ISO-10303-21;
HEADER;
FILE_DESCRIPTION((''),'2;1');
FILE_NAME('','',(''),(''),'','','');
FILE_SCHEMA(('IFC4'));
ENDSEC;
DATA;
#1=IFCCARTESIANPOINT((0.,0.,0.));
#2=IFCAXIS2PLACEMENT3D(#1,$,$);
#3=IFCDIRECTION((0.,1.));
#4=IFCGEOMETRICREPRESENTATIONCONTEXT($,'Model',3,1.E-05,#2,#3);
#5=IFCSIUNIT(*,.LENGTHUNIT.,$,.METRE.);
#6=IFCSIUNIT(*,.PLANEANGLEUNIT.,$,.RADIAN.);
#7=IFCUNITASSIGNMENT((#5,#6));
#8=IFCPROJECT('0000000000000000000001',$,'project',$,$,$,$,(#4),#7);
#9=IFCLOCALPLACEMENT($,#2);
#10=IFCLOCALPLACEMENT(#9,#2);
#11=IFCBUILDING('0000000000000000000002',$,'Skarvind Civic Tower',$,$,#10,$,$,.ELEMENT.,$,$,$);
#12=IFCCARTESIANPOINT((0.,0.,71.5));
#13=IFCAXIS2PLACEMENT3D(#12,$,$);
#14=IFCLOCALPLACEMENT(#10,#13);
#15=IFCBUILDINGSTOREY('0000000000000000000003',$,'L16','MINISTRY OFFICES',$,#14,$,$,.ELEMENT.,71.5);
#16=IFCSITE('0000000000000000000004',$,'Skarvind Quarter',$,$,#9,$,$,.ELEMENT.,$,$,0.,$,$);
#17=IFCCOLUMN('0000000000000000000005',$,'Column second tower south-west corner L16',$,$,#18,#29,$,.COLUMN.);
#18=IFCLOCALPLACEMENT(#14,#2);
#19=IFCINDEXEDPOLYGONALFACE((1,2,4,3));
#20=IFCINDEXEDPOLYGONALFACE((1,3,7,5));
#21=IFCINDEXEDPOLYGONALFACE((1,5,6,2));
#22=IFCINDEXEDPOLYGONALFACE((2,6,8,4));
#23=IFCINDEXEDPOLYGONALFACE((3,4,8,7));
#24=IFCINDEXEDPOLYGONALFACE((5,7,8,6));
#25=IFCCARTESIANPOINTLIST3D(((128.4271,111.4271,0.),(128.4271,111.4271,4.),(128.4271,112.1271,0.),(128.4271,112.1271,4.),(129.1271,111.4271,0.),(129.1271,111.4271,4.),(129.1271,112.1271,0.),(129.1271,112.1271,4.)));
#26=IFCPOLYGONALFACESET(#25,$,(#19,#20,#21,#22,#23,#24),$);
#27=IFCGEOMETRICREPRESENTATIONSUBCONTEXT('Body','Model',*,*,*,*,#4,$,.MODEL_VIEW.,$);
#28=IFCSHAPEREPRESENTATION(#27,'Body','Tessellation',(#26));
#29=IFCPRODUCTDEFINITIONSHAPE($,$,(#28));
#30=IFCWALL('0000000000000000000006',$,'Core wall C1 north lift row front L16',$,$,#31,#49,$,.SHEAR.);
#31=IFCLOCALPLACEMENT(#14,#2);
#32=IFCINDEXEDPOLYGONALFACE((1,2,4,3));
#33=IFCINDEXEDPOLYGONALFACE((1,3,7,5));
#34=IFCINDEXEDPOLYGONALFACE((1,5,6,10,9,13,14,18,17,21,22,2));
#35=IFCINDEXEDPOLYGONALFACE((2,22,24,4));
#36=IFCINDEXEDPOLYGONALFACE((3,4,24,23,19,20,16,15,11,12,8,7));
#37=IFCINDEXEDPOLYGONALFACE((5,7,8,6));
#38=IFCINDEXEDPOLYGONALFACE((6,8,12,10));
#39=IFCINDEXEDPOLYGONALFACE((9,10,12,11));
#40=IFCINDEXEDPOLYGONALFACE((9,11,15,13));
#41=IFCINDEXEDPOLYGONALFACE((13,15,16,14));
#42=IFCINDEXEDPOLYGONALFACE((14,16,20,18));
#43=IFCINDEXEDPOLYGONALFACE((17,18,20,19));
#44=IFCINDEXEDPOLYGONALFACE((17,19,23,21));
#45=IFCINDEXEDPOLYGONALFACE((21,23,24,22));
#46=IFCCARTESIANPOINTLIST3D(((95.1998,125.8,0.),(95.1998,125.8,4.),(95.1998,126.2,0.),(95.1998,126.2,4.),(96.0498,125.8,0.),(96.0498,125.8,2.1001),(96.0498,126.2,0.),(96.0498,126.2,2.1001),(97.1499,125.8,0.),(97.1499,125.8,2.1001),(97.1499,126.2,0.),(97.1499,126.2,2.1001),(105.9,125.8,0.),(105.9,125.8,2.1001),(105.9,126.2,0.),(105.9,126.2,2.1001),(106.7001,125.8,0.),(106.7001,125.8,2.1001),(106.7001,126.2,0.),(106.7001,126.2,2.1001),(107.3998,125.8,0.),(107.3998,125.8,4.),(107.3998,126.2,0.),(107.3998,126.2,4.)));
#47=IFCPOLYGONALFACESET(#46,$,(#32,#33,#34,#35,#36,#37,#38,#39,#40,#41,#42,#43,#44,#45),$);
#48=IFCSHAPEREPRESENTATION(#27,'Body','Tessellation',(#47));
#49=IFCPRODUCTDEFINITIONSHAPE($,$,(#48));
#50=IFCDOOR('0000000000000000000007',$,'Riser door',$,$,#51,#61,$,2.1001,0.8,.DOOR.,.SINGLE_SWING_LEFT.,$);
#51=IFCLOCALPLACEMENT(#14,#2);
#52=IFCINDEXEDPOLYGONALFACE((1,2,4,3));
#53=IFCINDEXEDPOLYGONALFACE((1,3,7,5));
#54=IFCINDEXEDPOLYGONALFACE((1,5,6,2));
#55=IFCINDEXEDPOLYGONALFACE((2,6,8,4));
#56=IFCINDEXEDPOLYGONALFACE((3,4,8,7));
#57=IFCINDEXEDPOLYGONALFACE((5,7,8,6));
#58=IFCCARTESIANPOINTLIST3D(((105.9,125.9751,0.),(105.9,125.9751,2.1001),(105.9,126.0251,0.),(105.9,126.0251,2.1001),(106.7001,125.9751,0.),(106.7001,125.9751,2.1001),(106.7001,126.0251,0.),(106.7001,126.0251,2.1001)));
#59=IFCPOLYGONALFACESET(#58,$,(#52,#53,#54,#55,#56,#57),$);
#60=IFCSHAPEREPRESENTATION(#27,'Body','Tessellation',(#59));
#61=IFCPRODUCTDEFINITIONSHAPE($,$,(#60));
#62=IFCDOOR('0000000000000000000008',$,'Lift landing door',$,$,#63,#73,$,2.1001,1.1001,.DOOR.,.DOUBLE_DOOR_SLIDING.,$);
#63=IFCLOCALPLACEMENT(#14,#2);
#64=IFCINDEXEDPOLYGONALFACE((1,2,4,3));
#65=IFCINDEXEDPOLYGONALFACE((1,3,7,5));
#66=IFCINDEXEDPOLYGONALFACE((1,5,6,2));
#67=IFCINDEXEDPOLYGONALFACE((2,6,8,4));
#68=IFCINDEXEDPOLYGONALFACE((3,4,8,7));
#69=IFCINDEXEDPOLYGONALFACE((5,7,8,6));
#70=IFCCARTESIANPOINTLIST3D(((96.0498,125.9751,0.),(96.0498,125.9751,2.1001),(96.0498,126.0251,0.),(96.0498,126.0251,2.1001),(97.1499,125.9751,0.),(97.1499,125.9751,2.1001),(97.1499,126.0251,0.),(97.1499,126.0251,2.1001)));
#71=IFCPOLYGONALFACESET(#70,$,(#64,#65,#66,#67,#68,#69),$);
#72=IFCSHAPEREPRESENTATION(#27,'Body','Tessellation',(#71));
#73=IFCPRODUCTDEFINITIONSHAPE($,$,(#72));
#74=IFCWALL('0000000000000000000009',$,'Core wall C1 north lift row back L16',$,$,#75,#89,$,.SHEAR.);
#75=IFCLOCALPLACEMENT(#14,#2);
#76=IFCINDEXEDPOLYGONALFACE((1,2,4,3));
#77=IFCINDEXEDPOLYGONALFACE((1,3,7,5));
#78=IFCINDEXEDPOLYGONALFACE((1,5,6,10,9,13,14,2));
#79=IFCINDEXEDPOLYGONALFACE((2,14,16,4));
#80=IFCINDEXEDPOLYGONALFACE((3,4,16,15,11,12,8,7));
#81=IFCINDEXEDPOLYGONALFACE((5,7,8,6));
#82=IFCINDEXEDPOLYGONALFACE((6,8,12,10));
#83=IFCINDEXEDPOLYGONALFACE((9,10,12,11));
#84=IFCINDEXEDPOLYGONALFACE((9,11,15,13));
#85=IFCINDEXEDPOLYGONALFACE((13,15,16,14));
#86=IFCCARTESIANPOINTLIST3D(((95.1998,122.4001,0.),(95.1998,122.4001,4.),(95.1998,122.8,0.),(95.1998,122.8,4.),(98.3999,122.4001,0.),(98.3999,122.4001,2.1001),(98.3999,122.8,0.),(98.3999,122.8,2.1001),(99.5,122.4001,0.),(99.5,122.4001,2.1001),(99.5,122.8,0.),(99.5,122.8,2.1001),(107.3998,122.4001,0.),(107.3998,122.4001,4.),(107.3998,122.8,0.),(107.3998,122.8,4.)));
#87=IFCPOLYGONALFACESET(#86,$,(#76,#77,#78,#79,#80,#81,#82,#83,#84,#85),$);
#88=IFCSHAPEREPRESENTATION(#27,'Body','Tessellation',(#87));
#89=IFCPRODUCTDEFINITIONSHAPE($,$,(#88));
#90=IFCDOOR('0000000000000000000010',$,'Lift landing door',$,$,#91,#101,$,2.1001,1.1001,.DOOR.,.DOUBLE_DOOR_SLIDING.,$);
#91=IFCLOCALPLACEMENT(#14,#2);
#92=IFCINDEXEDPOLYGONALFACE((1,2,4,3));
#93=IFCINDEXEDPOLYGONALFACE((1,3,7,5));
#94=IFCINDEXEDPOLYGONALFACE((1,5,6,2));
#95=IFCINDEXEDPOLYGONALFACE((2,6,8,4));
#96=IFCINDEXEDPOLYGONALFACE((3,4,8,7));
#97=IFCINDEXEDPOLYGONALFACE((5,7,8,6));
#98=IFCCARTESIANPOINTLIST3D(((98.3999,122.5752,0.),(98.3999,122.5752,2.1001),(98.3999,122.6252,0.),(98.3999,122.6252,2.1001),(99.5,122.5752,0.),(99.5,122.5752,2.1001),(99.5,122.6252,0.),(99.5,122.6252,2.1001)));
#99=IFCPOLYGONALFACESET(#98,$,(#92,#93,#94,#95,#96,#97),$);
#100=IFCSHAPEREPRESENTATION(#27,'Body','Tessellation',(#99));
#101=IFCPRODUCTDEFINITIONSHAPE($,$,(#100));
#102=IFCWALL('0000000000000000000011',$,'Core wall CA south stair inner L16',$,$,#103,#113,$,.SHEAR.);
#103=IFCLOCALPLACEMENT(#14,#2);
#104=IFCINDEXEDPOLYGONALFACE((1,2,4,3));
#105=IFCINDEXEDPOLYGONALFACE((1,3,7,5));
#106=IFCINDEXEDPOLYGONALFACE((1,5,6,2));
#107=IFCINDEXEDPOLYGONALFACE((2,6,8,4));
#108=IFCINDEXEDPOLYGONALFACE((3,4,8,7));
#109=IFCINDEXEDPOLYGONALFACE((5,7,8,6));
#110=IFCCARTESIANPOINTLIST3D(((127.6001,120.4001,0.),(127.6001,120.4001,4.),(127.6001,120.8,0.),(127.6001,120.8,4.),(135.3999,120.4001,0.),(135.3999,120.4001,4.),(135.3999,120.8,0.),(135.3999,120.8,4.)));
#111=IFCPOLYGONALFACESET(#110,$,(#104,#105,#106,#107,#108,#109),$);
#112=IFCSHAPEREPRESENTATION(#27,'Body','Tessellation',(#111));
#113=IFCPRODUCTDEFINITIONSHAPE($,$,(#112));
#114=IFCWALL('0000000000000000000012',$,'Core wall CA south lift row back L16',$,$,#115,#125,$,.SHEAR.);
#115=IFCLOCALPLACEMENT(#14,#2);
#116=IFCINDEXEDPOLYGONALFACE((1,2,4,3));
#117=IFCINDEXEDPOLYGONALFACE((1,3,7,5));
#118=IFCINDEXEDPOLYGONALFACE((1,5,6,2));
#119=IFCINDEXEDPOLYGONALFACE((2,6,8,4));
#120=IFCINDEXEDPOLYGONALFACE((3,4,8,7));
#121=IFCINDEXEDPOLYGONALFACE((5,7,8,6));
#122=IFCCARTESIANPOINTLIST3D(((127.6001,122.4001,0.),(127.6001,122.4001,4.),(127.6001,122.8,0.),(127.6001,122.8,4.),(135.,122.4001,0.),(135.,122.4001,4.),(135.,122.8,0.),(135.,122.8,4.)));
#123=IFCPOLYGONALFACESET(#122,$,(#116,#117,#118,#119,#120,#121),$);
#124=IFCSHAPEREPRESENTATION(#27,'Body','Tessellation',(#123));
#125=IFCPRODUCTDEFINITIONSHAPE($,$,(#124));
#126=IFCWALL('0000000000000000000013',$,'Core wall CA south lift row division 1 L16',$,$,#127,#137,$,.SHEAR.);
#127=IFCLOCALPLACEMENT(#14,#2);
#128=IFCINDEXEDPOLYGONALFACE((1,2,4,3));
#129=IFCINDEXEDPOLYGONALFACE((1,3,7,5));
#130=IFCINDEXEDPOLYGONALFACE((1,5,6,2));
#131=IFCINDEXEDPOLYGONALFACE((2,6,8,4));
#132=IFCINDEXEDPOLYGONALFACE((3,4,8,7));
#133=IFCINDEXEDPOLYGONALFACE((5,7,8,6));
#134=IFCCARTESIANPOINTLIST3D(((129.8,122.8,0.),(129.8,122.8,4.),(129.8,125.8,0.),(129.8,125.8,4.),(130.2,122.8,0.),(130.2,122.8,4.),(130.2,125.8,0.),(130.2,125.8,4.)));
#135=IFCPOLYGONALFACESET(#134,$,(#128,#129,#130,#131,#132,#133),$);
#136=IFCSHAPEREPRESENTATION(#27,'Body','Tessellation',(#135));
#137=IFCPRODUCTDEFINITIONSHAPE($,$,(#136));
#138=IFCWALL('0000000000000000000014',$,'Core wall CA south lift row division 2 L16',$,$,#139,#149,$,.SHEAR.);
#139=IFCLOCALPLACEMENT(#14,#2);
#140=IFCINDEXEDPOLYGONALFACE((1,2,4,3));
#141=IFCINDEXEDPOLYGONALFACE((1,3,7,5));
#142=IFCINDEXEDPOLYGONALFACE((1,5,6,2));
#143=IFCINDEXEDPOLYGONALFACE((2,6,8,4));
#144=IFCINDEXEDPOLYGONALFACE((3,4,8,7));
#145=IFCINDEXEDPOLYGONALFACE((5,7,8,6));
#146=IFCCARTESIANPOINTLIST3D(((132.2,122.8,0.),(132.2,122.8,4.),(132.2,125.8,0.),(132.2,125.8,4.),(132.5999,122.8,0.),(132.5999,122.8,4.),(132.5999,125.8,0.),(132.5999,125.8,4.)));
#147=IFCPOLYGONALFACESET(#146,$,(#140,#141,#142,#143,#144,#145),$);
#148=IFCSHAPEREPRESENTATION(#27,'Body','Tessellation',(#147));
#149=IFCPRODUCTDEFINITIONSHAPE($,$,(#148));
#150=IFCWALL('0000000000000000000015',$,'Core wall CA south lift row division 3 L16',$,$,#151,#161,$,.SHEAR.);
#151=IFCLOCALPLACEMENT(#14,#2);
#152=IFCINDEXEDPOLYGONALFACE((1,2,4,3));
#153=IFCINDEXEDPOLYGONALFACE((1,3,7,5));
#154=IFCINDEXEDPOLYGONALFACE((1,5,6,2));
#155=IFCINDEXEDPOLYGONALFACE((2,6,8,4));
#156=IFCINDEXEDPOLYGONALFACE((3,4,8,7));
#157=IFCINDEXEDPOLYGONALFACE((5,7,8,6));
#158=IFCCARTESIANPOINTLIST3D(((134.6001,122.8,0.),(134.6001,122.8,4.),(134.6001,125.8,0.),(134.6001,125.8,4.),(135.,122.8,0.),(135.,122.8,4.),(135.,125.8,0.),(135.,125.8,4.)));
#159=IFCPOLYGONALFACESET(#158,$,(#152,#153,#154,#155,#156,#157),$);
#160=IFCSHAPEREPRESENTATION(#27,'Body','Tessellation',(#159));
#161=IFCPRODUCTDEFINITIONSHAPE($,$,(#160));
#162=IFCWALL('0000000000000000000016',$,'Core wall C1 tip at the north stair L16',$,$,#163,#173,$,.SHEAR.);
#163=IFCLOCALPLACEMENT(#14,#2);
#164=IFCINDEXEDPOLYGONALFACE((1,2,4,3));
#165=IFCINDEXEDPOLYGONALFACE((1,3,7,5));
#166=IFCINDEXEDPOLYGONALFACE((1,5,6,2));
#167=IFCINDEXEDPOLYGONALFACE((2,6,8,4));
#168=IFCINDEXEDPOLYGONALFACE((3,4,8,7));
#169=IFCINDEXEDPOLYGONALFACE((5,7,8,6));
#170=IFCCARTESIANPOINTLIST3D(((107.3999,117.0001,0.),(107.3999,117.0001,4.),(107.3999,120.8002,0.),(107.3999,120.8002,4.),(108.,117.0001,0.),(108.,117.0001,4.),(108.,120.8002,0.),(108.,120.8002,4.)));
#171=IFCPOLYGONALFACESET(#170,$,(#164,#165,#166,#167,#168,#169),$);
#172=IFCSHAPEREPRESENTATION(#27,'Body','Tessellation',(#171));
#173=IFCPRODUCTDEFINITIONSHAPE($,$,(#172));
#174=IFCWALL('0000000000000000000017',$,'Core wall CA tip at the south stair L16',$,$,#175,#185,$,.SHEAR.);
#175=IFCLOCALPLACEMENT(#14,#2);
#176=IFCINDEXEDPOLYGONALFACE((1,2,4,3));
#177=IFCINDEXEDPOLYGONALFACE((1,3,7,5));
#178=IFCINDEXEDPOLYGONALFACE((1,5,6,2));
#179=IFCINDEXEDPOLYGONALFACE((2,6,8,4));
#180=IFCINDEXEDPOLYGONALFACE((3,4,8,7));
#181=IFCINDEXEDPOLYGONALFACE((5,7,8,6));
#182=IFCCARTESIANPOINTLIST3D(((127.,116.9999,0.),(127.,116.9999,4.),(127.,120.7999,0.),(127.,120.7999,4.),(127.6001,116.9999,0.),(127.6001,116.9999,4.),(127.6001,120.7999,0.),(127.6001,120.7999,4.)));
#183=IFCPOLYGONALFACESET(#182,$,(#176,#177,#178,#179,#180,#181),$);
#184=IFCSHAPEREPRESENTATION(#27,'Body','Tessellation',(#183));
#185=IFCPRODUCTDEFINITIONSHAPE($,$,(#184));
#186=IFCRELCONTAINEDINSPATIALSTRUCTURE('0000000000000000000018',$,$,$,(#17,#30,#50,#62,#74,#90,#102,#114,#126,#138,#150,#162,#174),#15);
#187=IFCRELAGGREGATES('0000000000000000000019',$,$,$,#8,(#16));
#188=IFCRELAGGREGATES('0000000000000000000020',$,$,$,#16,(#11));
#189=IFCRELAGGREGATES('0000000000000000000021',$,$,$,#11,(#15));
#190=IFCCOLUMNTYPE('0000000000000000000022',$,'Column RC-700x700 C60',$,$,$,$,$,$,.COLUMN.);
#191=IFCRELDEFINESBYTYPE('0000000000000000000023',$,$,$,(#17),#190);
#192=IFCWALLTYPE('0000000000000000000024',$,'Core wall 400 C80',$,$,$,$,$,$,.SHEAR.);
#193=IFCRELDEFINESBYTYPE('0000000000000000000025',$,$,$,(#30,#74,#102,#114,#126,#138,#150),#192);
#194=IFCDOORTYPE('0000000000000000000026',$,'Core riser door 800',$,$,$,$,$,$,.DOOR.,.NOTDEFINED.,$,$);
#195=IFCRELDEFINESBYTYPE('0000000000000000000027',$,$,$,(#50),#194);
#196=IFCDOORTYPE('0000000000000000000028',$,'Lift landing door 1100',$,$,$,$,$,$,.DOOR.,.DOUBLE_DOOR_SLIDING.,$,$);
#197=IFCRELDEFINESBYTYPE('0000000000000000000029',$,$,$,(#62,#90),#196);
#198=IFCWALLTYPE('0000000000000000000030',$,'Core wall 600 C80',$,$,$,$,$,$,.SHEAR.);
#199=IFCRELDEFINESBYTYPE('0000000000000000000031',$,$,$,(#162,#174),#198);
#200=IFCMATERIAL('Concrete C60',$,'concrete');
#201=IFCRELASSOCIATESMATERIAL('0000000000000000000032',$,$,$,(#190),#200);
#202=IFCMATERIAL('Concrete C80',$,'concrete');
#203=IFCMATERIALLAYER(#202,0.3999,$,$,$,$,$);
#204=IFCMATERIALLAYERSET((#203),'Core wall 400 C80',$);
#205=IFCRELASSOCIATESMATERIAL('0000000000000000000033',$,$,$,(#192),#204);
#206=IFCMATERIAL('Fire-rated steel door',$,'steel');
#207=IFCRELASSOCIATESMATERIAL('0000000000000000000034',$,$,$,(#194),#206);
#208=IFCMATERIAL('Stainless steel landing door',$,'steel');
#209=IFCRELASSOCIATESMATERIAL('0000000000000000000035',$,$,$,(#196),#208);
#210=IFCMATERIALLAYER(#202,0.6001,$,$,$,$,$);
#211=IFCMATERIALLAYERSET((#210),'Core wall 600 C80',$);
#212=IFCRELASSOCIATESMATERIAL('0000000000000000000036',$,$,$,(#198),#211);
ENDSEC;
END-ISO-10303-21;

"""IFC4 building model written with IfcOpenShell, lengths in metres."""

from ifc_helpers import new_model, si_unit, direction, frame, frame_2d, origin, origin_2d, place, context, subcontext, project, spatial, rectangle, extrude, material, layer, layer_set, material_profile, profile_set, type_object, element, fill, save


model = new_model("IFC4")

# Units and contexts
model_context = context("Model", 3, precision=1e-05, world=origin(), true_north=direction((0.0, 1.0)))
body_context = subcontext(model_context, "Body", "Model", "MODEL_VIEW")
ifc_project = project(units=[si_unit("LENGTHUNIT", "METRE"), si_unit("PLANEANGLEUNIT", "RADIAN")], contexts=[model_context])

# Site, building, storey
site_placement = place(None, origin())
site = spatial("IfcSite", under=ifc_project, at=site_placement, Name="Skarvind Quarter", CompositionType="ELEMENT", RefElevation=0.0)
building_placement = place(site_placement, origin())
building = spatial("IfcBuilding", under=site, at=building_placement, Name="Skarvind Civic Tower", CompositionType="ELEMENT")
storey_placement = place(building_placement, frame((0.0, 0.0, 71.5)))
storey = spatial("IfcBuildingStorey", under=building, at=storey_placement, Name="L16", Description="MINISTRY OFFICES", CompositionType="ELEMENT", Elevation=71.5)

# Column
ifc_material_1 = material(Name="Concrete C60", Category="concrete")
ifc_material_profile = material_profile(ifc_material_1, rectangle(XDim=0.7, YDim=0.7, at=origin_2d()), Name="RC-700x700")
ifc_profile_set = profile_set([ifc_material_profile], Name="Concrete C60")
column_type = type_object("IfcColumnType", Name="Column RC-700x700 C60", PredefinedType="COLUMN", material=ifc_profile_set)
column_placement = place(storey_placement, frame((128.7771, 111.7771, 0.0), z_axis=(0.0, 0.0, 1.0), x_axis=(1.0, 0.0, 0.0)))
element("IfcColumn", 1, at=column_placement, inside=storey, type_object=column_type, Name="Column second tower south-west corner L16", PredefinedType="COLUMN", context=body_context, shape_type="SweptSolid", body=[
    extrude(rectangle(XDim=0.7, YDim=0.7, at=origin_2d()), origin(), (0.0, 0.0, 1.0), 4.0),
])

# Wall, openings, doors
ifc_material_2 = material(Name="Concrete C80", Category="concrete")
ifc_layer_1 = layer(ifc_material_2, 0.3999)
ifc_layer_set_1 = layer_set([ifc_layer_1], Name="Core wall 400 C80")
wall_type_1 = type_object("IfcWallType", Name="Core wall 400 C80", PredefinedType="SHEAR", material=ifc_layer_set_1)
wall_1_placement = place(storey_placement, frame((107.3999, 126.0, 0.0), z_axis=(0.0, 0.0, 1.0), x_axis=(-1.0, 0.0, 0.0)))
wall_1 = element("IfcWall", 2, at=wall_1_placement, inside=storey, type_object=wall_type_1, Name="Core wall C1 north lift row front L16", PredefinedType="SHEAR", context=body_context, shape_type="SweptSolid", body=[
    extrude(rectangle(XDim=12.2, YDim=0.3999, at=frame_2d((6.1001, 0.0))), origin(), (0.0, 0.0, 1.0), 4.0),
])
opening_1_placement = place(wall_1_placement, frame((10.25, 0.0, 0.0)))
opening_1 = element("IfcOpeningElement", 3, at=opening_1_placement, cuts=wall_1, PredefinedType="OPENING", context=body_context, shape_type="SweptSolid", body=[
    extrude(rectangle(XDim=1.1001, YDim=2.1001, at=frame_2d((0.55, 1.05))), frame((0.0, 0.21, 0.0), z_axis=(0.0, -1.0, 0.0), x_axis=(1.0, 0.0, 0.0)), (0.0, 0.0, 1.0), 0.4199),
])
opening_2_placement = place(wall_1_placement, frame((0.7, 0.0, 0.0)))
opening_2 = element("IfcOpeningElement", 4, at=opening_2_placement, cuts=wall_1, PredefinedType="OPENING", context=body_context, shape_type="SweptSolid", body=[
    extrude(rectangle(XDim=0.8, YDim=2.1001, at=frame_2d((0.3999, 1.05))), frame((0.0, 0.21, 0.0), z_axis=(0.0, -1.0, 0.0), x_axis=(1.0, 0.0, 0.0)), (0.0, 0.0, 1.0), 0.4199),
])
ifc_material_3 = material(Name="Fire-rated steel door", Category="steel")
door_type_1 = type_object("IfcDoorType", Name="Core riser door 800", OperationType="NOTDEFINED", PredefinedType="DOOR", material=ifc_material_3)
door_1_placement = place(opening_2_placement, origin())
door_1 = element("IfcDoor", 5, at=door_1_placement, inside=storey, type_object=door_type_1, Name="Riser door", OperationType="SINGLE_SWING_LEFT", OverallHeight=2.1001, OverallWidth=0.8, PredefinedType="DOOR", context=body_context, shape_type="SweptSolid", body=[
    extrude(rectangle(XDim=0.8, YDim=2.1001, at=frame_2d((0.3999, 1.05))), frame((0.0, 0.0249, 0.0), z_axis=(0.0, -1.0, 0.0), x_axis=(1.0, 0.0, 0.0)), (0.0, 0.0, 1.0), 0.05),
])
fill(opening_2, door_1)
ifc_material_4 = material(Name="Stainless steel landing door", Category="steel")
door_type_2 = type_object("IfcDoorType", Name="Lift landing door 1100", OperationType="DOUBLE_DOOR_SLIDING", PredefinedType="DOOR", material=ifc_material_4)
door_2_placement = place(opening_1_placement, origin())
door_2 = element("IfcDoor", 6, at=door_2_placement, inside=storey, type_object=door_type_2, Name="Lift landing door", OperationType="DOUBLE_DOOR_SLIDING", OverallHeight=2.1001, OverallWidth=1.1001, PredefinedType="DOOR", context=body_context, shape_type="SweptSolid", body=[
    extrude(rectangle(XDim=1.1001, YDim=2.1001, at=frame_2d((0.55, 1.05))), frame((0.0, 0.0249, 0.0), z_axis=(0.0, -1.0, 0.0), x_axis=(1.0, 0.0, 0.0)), (0.0, 0.0, 1.0), 0.05),
])
fill(opening_1, door_2)

# Wall, opening, door
wall_2_placement = place(storey_placement, frame((107.3999, 122.6001, 0.0), z_axis=(0.0, 0.0, 1.0), x_axis=(-1.0, 0.0, 0.0)))
wall_2 = element("IfcWall", 7, at=wall_2_placement, inside=storey, type_object=wall_type_1, Name="Core wall C1 north lift row back L16", PredefinedType="SHEAR", context=body_context, shape_type="SweptSolid", body=[
    extrude(rectangle(XDim=12.2, YDim=0.3999, at=frame_2d((6.1001, 0.0))), origin(), (0.0, 0.0, 1.0), 4.0),
])
opening_3_placement = place(wall_2_placement, frame((7.8999, 0.0, 0.0)))
opening_3 = element("IfcOpeningElement", 8, at=opening_3_placement, cuts=wall_2, PredefinedType="OPENING", context=body_context, shape_type="SweptSolid", body=[
    extrude(rectangle(XDim=1.1001, YDim=2.1001, at=frame_2d((0.55, 1.05))), frame((0.0, 0.21, 0.0), z_axis=(0.0, -1.0, 0.0), x_axis=(1.0, 0.0, 0.0)), (0.0, 0.0, 1.0), 0.4199),
])
door_3_placement = place(opening_3_placement, origin())
door_3 = element("IfcDoor", 9, at=door_3_placement, inside=storey, type_object=door_type_2, Name="Lift landing door", OperationType="DOUBLE_DOOR_SLIDING", OverallHeight=2.1001, OverallWidth=1.1001, PredefinedType="DOOR", context=body_context, shape_type="SweptSolid", body=[
    extrude(rectangle(XDim=1.1001, YDim=2.1001, at=frame_2d((0.55, 1.05))), frame((0.0, 0.0249, 0.0), z_axis=(0.0, -1.0, 0.0), x_axis=(1.0, 0.0, 0.0)), (0.0, 0.0, 1.0), 0.05),
])
fill(opening_3, door_3)

# Walls
wall_3_placement = place(storey_placement, frame((127.6001, 120.6001, 0.0), z_axis=(0.0, 0.0, 1.0), x_axis=(1.0, 0.0, 0.0)))
element("IfcWall", 10, at=wall_3_placement, inside=storey, type_object=wall_type_1, Name="Core wall CA south stair inner L16", PredefinedType="SHEAR", context=body_context, shape_type="SweptSolid", body=[
    extrude(rectangle(XDim=7.7998, YDim=0.3999, at=frame_2d((3.8999, 0.0))), origin(), (0.0, 0.0, 1.0), 4.0),
])
wall_4_placement = place(storey_placement, frame((127.6001, 122.6001, 0.0), z_axis=(0.0, 0.0, 1.0), x_axis=(1.0, 0.0, 0.0)))
element("IfcWall", 11, at=wall_4_placement, inside=storey, type_object=wall_type_1, Name="Core wall CA south lift row back L16", PredefinedType="SHEAR", context=body_context, shape_type="SweptSolid", body=[
    extrude(rectangle(XDim=7.3999, YDim=0.3999, at=frame_2d((3.7, 0.0))), origin(), (0.0, 0.0, 1.0), 4.0),
])
for number, where, z_axis, x_axis, name in (
    (12, (130.0, 122.8, 0.0), (0.0, 0.0, 1.0), (0.0, 1.0, 0.0), "Core wall CA south lift row division 1 L16"),
    (13, (132.3999, 122.8, 0.0), (0.0, 0.0, 1.0), (0.0, 1.0, 0.0), "Core wall CA south lift row division 2 L16"),
    (14, (134.8, 122.8, 0.0), (0.0, 0.0, 1.0), (0.0, 1.0, 0.0), "Core wall CA south lift row division 3 L16"),
):
    element("IfcWall", number, at=place(storey_placement, frame(where, z_axis=z_axis, x_axis=x_axis)), inside=storey, type_object=wall_type_1, Name=name, PredefinedType="SHEAR", context=body_context, shape_type="SweptSolid", body=[
        extrude(rectangle(XDim=3.0, YDim=0.3999, at=frame_2d((1.5, 0.0))), origin(), (0.0, 0.0, 1.0), 4.0),
    ])
ifc_layer_2 = layer(ifc_material_2, 0.6001)
ifc_layer_set_2 = layer_set([ifc_layer_2], Name="Core wall 600 C80")
wall_type_2 = type_object("IfcWallType", Name="Core wall 600 C80", PredefinedType="SHEAR", material=ifc_layer_set_2)
for number, where, z_axis, x_axis, name in (
    (15, (107.7, 120.8, 0.0), (0.0, 0.0, 1.0), (0.0, -1.0, 0.0), "Core wall C1 tip at the north stair L16"),
    (16, (127.3, 117.0, 0.0), (0.0, 0.0, 1.0), (0.0, 1.0, 0.0), "Core wall CA tip at the south stair L16"),
):
    element("IfcWall", number, at=place(storey_placement, frame(where, z_axis=z_axis, x_axis=x_axis)), inside=storey, type_object=wall_type_2, Name=name, PredefinedType="SHEAR", context=body_context, shape_type="SweptSolid", body=[
        extrude(rectangle(XDim=3.8, YDim=0.6001, at=frame_2d((1.8999, 0.0))), origin(), (0.0, 0.0, 1.0), 4.0),
    ])

save(model, "model.ifc")
